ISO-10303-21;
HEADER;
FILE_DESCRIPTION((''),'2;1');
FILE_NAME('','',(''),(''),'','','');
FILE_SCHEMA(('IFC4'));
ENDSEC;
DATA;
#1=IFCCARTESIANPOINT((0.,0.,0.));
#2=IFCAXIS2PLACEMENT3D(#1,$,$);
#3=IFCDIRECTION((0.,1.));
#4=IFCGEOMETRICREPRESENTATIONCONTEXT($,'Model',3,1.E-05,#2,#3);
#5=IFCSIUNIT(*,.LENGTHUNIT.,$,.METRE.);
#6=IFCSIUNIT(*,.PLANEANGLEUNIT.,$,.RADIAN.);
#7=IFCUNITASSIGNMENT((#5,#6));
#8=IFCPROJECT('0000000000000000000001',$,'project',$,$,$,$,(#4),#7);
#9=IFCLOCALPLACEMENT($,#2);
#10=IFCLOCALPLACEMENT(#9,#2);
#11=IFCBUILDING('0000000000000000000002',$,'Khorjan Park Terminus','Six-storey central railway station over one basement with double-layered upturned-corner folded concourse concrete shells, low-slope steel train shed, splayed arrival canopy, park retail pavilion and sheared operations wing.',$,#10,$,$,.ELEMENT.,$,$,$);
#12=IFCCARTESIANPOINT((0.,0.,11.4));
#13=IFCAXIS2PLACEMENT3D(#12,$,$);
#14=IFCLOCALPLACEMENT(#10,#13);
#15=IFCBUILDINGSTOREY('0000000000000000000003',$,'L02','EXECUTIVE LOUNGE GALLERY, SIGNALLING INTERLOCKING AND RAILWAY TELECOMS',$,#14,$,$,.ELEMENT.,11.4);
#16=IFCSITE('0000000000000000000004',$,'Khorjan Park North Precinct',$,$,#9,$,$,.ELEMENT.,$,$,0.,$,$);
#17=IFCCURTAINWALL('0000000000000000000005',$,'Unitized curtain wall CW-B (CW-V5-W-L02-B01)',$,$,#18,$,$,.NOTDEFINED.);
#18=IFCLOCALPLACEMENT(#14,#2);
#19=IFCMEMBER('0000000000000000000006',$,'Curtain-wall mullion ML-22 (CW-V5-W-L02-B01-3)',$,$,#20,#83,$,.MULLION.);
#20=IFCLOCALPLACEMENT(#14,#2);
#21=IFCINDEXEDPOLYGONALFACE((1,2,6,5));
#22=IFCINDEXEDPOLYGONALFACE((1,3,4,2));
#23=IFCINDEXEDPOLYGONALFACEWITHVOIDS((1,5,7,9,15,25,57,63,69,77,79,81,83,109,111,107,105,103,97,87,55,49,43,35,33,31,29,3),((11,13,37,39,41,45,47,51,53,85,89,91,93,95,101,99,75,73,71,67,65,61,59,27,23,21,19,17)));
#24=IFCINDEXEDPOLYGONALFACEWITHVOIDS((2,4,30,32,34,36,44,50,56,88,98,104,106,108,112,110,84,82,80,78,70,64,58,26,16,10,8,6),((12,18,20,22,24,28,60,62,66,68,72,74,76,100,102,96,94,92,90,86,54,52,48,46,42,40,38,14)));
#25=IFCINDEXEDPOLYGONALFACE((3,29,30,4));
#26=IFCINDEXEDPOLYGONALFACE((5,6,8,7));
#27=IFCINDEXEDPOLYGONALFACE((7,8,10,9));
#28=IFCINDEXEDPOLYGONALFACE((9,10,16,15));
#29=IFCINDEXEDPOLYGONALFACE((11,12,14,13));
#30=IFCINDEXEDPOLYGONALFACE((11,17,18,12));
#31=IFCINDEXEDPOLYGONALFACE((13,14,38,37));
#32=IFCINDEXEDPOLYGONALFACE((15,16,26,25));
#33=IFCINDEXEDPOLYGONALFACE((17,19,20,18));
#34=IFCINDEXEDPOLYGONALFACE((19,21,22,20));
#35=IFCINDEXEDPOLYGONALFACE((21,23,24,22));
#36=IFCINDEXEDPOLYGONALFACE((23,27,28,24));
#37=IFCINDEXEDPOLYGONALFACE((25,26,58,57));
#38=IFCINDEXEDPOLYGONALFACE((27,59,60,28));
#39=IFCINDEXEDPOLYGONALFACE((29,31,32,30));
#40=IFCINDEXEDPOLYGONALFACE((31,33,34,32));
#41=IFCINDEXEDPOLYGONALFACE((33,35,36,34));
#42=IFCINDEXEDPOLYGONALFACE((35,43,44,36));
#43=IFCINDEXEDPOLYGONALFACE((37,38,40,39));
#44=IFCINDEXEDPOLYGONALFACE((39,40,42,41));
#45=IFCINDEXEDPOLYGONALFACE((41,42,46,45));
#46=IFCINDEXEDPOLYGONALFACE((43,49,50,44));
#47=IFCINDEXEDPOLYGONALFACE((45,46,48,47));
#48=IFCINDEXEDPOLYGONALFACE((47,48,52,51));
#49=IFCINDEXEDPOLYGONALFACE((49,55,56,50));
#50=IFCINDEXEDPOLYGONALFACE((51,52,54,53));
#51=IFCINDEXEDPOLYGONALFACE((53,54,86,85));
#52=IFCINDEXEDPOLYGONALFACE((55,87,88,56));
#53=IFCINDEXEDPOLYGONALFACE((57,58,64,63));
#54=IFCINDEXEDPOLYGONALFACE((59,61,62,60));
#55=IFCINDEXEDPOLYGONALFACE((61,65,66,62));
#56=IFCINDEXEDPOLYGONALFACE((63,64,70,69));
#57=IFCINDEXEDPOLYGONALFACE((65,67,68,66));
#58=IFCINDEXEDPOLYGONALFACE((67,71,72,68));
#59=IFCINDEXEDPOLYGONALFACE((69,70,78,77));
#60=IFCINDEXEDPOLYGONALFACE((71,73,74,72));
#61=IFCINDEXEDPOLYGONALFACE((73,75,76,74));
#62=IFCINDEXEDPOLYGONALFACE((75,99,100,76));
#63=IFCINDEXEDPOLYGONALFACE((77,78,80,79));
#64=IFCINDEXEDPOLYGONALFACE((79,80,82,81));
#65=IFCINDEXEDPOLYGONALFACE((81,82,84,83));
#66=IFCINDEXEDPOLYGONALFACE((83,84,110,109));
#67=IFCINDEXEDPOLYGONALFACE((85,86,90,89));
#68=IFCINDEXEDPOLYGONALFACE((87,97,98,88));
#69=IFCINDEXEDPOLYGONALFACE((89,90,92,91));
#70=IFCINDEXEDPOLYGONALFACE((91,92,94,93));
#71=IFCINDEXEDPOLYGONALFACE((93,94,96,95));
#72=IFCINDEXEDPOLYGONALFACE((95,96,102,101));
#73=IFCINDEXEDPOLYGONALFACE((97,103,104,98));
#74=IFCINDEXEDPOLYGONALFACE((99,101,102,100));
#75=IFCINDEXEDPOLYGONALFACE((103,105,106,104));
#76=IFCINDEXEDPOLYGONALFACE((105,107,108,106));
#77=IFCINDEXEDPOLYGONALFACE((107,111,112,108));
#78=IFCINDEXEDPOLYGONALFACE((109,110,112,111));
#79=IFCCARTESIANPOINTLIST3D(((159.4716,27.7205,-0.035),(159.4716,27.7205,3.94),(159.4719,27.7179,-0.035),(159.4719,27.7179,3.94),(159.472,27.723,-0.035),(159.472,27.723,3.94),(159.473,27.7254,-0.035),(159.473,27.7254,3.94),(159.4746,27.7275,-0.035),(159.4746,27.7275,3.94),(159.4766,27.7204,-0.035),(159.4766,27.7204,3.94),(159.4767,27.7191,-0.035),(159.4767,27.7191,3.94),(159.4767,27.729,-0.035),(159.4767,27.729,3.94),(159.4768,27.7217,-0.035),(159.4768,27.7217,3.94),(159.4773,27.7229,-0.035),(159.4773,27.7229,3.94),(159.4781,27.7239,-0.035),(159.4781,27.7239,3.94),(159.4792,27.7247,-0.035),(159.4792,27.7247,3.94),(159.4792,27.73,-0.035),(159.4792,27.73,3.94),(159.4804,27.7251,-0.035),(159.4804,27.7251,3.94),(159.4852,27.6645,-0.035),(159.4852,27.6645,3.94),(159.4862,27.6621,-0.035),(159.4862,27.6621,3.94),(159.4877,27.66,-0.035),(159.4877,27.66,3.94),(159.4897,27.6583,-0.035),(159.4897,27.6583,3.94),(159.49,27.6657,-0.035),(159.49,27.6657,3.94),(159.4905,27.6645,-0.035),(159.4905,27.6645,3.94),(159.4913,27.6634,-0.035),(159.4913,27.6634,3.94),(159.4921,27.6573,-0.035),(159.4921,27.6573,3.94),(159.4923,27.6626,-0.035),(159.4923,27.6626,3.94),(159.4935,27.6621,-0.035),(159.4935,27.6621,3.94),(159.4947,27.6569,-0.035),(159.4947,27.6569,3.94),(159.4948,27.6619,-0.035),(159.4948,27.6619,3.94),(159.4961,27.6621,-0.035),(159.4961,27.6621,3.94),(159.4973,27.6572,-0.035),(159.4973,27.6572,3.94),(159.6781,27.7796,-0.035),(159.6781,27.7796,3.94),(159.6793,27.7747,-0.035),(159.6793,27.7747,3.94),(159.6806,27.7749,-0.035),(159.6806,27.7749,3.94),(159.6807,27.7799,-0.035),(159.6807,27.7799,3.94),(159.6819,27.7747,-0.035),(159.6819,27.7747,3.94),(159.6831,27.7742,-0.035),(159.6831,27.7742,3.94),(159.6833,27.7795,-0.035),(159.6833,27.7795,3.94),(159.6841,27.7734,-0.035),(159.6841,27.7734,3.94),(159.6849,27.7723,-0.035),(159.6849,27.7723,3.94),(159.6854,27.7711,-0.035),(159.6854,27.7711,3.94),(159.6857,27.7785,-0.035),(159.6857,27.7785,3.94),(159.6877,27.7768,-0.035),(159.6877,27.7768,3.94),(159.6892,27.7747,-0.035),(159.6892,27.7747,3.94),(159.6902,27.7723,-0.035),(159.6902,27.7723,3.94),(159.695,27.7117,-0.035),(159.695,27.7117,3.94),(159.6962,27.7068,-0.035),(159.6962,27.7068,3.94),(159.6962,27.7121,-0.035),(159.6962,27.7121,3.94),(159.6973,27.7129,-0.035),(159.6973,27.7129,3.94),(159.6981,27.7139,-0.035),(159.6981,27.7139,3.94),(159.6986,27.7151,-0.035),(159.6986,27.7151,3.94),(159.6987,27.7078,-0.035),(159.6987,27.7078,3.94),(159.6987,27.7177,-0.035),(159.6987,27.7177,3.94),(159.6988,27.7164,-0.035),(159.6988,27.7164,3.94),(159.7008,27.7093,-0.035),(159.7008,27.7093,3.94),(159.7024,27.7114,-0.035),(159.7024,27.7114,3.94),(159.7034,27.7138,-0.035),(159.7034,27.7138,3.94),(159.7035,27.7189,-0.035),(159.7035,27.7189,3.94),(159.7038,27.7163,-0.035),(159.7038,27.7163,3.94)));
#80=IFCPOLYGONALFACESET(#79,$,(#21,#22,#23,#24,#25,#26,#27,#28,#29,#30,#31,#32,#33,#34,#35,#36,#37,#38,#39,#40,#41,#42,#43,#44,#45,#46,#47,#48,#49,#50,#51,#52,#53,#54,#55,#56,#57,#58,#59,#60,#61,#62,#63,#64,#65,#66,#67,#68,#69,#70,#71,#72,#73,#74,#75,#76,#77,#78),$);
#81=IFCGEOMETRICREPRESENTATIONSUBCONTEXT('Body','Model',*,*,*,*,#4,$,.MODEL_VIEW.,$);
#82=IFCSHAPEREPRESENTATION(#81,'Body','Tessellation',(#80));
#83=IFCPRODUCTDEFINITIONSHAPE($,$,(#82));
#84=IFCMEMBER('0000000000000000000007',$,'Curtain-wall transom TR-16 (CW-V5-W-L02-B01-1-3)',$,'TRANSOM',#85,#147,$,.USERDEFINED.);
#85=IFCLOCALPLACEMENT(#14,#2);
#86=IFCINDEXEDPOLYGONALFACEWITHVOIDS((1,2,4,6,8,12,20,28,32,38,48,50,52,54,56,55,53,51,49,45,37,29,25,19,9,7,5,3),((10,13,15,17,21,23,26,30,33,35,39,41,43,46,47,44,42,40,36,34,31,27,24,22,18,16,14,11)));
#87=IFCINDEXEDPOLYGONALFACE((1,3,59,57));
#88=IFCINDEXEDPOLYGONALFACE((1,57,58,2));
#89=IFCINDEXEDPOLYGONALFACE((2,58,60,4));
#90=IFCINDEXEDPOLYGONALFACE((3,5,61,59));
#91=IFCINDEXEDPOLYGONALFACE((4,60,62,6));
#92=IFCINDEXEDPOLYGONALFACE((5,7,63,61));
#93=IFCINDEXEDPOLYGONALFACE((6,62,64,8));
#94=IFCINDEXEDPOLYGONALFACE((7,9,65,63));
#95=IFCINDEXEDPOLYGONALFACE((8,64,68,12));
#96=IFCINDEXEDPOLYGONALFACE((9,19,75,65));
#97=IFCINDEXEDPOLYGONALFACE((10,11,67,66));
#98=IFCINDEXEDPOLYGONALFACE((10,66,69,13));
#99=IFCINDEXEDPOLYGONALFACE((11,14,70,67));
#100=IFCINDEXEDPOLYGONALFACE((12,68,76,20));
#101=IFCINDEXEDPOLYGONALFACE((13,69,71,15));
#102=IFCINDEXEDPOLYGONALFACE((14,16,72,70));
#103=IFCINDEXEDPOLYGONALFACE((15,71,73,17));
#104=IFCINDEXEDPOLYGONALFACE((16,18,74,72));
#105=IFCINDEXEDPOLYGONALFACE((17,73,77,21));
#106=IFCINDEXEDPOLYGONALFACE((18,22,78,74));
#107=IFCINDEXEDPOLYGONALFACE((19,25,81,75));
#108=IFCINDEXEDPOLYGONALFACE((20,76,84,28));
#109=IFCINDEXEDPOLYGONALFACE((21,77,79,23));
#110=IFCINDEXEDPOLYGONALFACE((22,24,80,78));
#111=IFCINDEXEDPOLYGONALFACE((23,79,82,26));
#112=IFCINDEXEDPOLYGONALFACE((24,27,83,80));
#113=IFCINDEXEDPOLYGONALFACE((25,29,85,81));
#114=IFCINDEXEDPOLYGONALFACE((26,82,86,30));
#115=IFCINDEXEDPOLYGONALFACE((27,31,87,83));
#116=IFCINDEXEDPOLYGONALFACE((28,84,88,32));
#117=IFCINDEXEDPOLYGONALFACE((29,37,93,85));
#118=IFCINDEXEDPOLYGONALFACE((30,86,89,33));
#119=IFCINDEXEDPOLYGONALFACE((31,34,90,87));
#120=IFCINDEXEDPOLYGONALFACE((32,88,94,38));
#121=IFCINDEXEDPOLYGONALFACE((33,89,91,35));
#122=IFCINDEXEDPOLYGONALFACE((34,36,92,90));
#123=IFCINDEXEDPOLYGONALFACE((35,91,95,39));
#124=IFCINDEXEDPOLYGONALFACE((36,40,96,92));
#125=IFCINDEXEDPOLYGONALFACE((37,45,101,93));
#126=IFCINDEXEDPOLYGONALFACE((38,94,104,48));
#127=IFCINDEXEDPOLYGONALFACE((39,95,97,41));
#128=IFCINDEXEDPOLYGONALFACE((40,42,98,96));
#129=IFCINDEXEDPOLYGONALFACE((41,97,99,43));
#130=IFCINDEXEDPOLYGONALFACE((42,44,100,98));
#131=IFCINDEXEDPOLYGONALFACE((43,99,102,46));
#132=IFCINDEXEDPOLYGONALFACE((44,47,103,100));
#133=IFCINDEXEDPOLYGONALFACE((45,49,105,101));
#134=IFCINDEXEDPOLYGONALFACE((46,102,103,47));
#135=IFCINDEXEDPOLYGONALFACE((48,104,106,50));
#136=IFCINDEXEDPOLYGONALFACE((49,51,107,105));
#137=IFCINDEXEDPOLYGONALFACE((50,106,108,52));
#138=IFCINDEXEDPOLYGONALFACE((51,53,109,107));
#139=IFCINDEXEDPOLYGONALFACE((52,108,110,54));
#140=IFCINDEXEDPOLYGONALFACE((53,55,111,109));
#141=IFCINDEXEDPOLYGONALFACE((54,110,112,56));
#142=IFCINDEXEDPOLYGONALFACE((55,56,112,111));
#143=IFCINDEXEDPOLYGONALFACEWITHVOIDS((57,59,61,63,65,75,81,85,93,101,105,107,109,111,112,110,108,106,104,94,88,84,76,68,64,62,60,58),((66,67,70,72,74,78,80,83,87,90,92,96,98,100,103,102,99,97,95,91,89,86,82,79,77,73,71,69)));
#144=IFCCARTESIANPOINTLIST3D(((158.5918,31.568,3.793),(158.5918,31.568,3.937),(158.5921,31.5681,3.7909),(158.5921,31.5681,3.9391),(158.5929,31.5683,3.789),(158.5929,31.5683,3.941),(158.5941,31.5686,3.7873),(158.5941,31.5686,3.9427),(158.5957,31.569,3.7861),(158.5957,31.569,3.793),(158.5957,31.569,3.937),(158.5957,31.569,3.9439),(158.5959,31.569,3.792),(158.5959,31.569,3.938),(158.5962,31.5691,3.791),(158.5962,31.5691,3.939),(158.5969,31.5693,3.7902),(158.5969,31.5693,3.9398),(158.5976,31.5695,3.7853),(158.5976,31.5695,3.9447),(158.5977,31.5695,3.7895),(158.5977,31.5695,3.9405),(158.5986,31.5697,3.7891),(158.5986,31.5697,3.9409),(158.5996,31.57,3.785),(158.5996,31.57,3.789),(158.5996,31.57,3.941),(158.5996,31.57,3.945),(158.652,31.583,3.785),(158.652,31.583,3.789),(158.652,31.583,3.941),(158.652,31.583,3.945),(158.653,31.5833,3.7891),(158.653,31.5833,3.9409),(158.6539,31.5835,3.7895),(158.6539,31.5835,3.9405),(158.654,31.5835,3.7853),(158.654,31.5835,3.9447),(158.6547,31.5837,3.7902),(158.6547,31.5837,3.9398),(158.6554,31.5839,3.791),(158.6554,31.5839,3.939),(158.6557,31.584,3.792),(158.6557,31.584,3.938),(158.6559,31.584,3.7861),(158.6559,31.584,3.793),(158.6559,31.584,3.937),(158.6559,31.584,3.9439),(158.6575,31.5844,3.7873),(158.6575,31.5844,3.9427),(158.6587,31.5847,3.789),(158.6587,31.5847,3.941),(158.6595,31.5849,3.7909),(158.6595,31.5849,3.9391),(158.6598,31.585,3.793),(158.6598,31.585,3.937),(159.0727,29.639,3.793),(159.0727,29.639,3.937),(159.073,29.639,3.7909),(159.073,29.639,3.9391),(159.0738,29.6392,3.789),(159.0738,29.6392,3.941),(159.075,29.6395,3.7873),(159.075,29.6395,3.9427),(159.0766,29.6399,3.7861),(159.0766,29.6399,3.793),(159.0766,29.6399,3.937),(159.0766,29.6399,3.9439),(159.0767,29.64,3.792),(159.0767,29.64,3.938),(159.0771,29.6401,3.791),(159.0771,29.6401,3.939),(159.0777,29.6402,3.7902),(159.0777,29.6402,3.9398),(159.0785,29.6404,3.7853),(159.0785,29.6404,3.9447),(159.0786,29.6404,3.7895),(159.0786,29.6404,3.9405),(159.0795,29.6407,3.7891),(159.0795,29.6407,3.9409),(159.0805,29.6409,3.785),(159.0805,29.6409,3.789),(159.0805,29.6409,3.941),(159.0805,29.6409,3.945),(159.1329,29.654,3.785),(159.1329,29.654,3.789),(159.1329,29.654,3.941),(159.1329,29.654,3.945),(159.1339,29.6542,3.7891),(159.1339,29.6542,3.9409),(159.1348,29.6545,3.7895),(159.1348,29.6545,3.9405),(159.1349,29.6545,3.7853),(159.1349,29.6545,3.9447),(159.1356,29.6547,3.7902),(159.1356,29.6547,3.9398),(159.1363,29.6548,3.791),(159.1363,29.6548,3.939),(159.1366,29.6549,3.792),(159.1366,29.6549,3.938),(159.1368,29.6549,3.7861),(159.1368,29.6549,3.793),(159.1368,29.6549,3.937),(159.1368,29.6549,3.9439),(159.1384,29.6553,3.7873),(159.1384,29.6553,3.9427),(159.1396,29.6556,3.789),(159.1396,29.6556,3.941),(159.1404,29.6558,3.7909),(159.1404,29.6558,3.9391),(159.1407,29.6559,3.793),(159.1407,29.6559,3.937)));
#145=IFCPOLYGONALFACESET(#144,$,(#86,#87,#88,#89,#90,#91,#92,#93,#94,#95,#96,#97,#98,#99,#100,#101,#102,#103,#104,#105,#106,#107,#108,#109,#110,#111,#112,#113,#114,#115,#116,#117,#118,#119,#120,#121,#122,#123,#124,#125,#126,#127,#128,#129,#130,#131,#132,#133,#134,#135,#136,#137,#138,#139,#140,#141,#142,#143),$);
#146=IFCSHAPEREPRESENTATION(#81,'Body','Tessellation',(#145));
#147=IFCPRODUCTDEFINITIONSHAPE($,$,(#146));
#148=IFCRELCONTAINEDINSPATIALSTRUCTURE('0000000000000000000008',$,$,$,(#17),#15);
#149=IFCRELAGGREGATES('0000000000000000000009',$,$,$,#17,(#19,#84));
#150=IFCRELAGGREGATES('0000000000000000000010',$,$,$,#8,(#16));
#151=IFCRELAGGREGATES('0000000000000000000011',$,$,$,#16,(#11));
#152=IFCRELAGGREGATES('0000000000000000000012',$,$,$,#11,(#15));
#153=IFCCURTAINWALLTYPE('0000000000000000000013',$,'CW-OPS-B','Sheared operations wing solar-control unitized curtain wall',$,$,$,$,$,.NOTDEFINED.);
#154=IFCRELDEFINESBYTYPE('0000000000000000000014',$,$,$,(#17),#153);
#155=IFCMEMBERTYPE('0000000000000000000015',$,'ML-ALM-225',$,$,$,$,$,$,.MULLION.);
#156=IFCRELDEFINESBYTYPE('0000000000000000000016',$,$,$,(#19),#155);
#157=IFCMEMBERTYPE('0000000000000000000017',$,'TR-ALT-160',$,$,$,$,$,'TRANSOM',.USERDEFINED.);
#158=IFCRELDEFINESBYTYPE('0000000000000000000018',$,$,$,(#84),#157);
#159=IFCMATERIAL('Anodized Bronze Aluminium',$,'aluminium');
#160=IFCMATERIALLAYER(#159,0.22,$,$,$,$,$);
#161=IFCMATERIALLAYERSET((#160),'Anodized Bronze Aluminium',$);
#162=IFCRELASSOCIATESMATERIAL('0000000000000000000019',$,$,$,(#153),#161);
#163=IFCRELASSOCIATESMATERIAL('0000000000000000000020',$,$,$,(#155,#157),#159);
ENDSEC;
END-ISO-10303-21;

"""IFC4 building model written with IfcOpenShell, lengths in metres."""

from ifc_helpers import new_model, si_unit, direction, frame, origin, origin_2d, place, context, subcontext, project, spatial, hollow_rectangle, extrude, material, layer, layer_set, material_profile, profile_set, type_object, element, aggregate, save


model = new_model("IFC4")

# Units and contexts
model_context = context("Model", 3, precision=1e-05, world=origin(), true_north=direction((0.0, 1.0)))
body_context = subcontext(model_context, "Body", "Model", "MODEL_VIEW")
ifc_project = project(units=[si_unit("LENGTHUNIT", "METRE"), si_unit("PLANEANGLEUNIT", "RADIAN")], contexts=[model_context])

# Site, building, storey
site_placement = place(None, origin())
site = spatial("IfcSite", under=ifc_project, at=site_placement, Name="Khorjan Park North Precinct", CompositionType="ELEMENT", RefElevation=0.0)
building_placement = place(site_placement, origin())
building = spatial("IfcBuilding", under=site, at=building_placement, Name="Khorjan Park Terminus", Description="Six-storey central railway station over one basement with double-layered upturned-corner folded concourse concrete shells, low-slope steel train shed, splayed arrival canopy, park retail pavilion and sheared operations wing.", CompositionType="ELEMENT")
storey_placement = place(building_placement, frame((0.0, 0.0, 11.4)))
storey = spatial("IfcBuildingStorey", under=building, at=storey_placement, Name="L02", Description="EXECUTIVE LOUNGE GALLERY, SIGNALLING INTERLOCKING AND RAILWAY TELECOMS", CompositionType="ELEMENT", Elevation=11.4)

# Curtain wall, members
ifc_material_1 = material(Name="Anodized Bronze Aluminium", Category="aluminium")
ifc_layer_1 = layer(ifc_material_1, 0.22)
ifc_layer_set_1 = layer_set([ifc_layer_1], Name="Anodized Bronze Aluminium")
curtain_wall_type = type_object("IfcCurtainWallType", Name="CW-OPS-B", Description="Sheared operations wing solar-control unitized curtain wall", PredefinedType="NOTDEFINED", material=ifc_layer_set_1)
curtain_wall_placement = place(storey_placement, origin())
curtain_wall = element("IfcCurtainWall", 1, at=curtain_wall_placement, inside=storey, type_object=curtain_wall_type, Name="Unitized curtain wall CW-B (CW-V5-W-L02-B01)", PredefinedType="NOTDEFINED")
ifc_material_profile_1 = material_profile(ifc_material_1, hollow_rectangle(XDim=0.075, YDim=0.225, WallThickness=0.005, InnerFilletRadius=0.005, OuterFilletRadius=0.01, at=origin_2d()), Name="ALM 75x225x5")
ifc_profile_set_1 = profile_set([ifc_material_profile_1], Name="Anodized Bronze Aluminium")
member_type_1 = type_object("IfcMemberType", Name="ML-ALM-225", PredefinedType="MULLION", material=ifc_profile_set_1)
member_1_placement = place(storey_placement, frame((159.5877, 27.7184, -0.035), z_axis=(0.0, 0.0, 1.0), x_axis=(0.241915, -0.970297, 0.0)))
member_1 = element("IfcMember", 2, at=member_1_placement, type_object=member_type_1, Name="Curtain-wall mullion ML-22 (CW-V5-W-L02-B01-3)", PredefinedType="MULLION", context=body_context, shape_type="SweptSolid", body=[
    extrude(hollow_rectangle(XDim=0.075, YDim=0.225, WallThickness=0.005, InnerFilletRadius=0.005, OuterFilletRadius=0.01, at=origin_2d()), origin(), (0.0, 0.0, 1.0), 3.975),
])
ifc_material_profile_2 = material_profile(ifc_material_1, hollow_rectangle(XDim=0.07, YDim=0.16, WallThickness=0.004, InnerFilletRadius=0.004, OuterFilletRadius=0.008, at=origin_2d()), Name="ALT 70x160x4")
ifc_profile_set_2 = profile_set([ifc_material_profile_2], Name="Anodized Bronze Aluminium")
member_type_2 = type_object("IfcMemberType", Name="TR-ALT-160", ElementType="TRANSOM", PredefinedType="USERDEFINED", material=ifc_profile_set_2)
member_2_placement = place(storey_placement, frame((158.6258, 31.5765, 3.865), z_axis=(0.241885, -0.970305, 0.0), x_axis=(0.970305, 0.241885, 0.0)))
member_2 = element("IfcMember", 3, at=member_2_placement, type_object=member_type_2, Name="Curtain-wall transom TR-16 (CW-V5-W-L02-B01-1-3)", ObjectType="TRANSOM", PredefinedType="USERDEFINED", context=body_context, shape_type="SweptSolid", body=[
    extrude(hollow_rectangle(XDim=0.07, YDim=0.16, WallThickness=0.004, InnerFilletRadius=0.004, OuterFilletRadius=0.008, at=origin_2d()), origin(), (0.0, 0.0, 1.0), 1.9881),
])
aggregate(curtain_wall, [member_1, member_2])

save(model, "model.ifc")
